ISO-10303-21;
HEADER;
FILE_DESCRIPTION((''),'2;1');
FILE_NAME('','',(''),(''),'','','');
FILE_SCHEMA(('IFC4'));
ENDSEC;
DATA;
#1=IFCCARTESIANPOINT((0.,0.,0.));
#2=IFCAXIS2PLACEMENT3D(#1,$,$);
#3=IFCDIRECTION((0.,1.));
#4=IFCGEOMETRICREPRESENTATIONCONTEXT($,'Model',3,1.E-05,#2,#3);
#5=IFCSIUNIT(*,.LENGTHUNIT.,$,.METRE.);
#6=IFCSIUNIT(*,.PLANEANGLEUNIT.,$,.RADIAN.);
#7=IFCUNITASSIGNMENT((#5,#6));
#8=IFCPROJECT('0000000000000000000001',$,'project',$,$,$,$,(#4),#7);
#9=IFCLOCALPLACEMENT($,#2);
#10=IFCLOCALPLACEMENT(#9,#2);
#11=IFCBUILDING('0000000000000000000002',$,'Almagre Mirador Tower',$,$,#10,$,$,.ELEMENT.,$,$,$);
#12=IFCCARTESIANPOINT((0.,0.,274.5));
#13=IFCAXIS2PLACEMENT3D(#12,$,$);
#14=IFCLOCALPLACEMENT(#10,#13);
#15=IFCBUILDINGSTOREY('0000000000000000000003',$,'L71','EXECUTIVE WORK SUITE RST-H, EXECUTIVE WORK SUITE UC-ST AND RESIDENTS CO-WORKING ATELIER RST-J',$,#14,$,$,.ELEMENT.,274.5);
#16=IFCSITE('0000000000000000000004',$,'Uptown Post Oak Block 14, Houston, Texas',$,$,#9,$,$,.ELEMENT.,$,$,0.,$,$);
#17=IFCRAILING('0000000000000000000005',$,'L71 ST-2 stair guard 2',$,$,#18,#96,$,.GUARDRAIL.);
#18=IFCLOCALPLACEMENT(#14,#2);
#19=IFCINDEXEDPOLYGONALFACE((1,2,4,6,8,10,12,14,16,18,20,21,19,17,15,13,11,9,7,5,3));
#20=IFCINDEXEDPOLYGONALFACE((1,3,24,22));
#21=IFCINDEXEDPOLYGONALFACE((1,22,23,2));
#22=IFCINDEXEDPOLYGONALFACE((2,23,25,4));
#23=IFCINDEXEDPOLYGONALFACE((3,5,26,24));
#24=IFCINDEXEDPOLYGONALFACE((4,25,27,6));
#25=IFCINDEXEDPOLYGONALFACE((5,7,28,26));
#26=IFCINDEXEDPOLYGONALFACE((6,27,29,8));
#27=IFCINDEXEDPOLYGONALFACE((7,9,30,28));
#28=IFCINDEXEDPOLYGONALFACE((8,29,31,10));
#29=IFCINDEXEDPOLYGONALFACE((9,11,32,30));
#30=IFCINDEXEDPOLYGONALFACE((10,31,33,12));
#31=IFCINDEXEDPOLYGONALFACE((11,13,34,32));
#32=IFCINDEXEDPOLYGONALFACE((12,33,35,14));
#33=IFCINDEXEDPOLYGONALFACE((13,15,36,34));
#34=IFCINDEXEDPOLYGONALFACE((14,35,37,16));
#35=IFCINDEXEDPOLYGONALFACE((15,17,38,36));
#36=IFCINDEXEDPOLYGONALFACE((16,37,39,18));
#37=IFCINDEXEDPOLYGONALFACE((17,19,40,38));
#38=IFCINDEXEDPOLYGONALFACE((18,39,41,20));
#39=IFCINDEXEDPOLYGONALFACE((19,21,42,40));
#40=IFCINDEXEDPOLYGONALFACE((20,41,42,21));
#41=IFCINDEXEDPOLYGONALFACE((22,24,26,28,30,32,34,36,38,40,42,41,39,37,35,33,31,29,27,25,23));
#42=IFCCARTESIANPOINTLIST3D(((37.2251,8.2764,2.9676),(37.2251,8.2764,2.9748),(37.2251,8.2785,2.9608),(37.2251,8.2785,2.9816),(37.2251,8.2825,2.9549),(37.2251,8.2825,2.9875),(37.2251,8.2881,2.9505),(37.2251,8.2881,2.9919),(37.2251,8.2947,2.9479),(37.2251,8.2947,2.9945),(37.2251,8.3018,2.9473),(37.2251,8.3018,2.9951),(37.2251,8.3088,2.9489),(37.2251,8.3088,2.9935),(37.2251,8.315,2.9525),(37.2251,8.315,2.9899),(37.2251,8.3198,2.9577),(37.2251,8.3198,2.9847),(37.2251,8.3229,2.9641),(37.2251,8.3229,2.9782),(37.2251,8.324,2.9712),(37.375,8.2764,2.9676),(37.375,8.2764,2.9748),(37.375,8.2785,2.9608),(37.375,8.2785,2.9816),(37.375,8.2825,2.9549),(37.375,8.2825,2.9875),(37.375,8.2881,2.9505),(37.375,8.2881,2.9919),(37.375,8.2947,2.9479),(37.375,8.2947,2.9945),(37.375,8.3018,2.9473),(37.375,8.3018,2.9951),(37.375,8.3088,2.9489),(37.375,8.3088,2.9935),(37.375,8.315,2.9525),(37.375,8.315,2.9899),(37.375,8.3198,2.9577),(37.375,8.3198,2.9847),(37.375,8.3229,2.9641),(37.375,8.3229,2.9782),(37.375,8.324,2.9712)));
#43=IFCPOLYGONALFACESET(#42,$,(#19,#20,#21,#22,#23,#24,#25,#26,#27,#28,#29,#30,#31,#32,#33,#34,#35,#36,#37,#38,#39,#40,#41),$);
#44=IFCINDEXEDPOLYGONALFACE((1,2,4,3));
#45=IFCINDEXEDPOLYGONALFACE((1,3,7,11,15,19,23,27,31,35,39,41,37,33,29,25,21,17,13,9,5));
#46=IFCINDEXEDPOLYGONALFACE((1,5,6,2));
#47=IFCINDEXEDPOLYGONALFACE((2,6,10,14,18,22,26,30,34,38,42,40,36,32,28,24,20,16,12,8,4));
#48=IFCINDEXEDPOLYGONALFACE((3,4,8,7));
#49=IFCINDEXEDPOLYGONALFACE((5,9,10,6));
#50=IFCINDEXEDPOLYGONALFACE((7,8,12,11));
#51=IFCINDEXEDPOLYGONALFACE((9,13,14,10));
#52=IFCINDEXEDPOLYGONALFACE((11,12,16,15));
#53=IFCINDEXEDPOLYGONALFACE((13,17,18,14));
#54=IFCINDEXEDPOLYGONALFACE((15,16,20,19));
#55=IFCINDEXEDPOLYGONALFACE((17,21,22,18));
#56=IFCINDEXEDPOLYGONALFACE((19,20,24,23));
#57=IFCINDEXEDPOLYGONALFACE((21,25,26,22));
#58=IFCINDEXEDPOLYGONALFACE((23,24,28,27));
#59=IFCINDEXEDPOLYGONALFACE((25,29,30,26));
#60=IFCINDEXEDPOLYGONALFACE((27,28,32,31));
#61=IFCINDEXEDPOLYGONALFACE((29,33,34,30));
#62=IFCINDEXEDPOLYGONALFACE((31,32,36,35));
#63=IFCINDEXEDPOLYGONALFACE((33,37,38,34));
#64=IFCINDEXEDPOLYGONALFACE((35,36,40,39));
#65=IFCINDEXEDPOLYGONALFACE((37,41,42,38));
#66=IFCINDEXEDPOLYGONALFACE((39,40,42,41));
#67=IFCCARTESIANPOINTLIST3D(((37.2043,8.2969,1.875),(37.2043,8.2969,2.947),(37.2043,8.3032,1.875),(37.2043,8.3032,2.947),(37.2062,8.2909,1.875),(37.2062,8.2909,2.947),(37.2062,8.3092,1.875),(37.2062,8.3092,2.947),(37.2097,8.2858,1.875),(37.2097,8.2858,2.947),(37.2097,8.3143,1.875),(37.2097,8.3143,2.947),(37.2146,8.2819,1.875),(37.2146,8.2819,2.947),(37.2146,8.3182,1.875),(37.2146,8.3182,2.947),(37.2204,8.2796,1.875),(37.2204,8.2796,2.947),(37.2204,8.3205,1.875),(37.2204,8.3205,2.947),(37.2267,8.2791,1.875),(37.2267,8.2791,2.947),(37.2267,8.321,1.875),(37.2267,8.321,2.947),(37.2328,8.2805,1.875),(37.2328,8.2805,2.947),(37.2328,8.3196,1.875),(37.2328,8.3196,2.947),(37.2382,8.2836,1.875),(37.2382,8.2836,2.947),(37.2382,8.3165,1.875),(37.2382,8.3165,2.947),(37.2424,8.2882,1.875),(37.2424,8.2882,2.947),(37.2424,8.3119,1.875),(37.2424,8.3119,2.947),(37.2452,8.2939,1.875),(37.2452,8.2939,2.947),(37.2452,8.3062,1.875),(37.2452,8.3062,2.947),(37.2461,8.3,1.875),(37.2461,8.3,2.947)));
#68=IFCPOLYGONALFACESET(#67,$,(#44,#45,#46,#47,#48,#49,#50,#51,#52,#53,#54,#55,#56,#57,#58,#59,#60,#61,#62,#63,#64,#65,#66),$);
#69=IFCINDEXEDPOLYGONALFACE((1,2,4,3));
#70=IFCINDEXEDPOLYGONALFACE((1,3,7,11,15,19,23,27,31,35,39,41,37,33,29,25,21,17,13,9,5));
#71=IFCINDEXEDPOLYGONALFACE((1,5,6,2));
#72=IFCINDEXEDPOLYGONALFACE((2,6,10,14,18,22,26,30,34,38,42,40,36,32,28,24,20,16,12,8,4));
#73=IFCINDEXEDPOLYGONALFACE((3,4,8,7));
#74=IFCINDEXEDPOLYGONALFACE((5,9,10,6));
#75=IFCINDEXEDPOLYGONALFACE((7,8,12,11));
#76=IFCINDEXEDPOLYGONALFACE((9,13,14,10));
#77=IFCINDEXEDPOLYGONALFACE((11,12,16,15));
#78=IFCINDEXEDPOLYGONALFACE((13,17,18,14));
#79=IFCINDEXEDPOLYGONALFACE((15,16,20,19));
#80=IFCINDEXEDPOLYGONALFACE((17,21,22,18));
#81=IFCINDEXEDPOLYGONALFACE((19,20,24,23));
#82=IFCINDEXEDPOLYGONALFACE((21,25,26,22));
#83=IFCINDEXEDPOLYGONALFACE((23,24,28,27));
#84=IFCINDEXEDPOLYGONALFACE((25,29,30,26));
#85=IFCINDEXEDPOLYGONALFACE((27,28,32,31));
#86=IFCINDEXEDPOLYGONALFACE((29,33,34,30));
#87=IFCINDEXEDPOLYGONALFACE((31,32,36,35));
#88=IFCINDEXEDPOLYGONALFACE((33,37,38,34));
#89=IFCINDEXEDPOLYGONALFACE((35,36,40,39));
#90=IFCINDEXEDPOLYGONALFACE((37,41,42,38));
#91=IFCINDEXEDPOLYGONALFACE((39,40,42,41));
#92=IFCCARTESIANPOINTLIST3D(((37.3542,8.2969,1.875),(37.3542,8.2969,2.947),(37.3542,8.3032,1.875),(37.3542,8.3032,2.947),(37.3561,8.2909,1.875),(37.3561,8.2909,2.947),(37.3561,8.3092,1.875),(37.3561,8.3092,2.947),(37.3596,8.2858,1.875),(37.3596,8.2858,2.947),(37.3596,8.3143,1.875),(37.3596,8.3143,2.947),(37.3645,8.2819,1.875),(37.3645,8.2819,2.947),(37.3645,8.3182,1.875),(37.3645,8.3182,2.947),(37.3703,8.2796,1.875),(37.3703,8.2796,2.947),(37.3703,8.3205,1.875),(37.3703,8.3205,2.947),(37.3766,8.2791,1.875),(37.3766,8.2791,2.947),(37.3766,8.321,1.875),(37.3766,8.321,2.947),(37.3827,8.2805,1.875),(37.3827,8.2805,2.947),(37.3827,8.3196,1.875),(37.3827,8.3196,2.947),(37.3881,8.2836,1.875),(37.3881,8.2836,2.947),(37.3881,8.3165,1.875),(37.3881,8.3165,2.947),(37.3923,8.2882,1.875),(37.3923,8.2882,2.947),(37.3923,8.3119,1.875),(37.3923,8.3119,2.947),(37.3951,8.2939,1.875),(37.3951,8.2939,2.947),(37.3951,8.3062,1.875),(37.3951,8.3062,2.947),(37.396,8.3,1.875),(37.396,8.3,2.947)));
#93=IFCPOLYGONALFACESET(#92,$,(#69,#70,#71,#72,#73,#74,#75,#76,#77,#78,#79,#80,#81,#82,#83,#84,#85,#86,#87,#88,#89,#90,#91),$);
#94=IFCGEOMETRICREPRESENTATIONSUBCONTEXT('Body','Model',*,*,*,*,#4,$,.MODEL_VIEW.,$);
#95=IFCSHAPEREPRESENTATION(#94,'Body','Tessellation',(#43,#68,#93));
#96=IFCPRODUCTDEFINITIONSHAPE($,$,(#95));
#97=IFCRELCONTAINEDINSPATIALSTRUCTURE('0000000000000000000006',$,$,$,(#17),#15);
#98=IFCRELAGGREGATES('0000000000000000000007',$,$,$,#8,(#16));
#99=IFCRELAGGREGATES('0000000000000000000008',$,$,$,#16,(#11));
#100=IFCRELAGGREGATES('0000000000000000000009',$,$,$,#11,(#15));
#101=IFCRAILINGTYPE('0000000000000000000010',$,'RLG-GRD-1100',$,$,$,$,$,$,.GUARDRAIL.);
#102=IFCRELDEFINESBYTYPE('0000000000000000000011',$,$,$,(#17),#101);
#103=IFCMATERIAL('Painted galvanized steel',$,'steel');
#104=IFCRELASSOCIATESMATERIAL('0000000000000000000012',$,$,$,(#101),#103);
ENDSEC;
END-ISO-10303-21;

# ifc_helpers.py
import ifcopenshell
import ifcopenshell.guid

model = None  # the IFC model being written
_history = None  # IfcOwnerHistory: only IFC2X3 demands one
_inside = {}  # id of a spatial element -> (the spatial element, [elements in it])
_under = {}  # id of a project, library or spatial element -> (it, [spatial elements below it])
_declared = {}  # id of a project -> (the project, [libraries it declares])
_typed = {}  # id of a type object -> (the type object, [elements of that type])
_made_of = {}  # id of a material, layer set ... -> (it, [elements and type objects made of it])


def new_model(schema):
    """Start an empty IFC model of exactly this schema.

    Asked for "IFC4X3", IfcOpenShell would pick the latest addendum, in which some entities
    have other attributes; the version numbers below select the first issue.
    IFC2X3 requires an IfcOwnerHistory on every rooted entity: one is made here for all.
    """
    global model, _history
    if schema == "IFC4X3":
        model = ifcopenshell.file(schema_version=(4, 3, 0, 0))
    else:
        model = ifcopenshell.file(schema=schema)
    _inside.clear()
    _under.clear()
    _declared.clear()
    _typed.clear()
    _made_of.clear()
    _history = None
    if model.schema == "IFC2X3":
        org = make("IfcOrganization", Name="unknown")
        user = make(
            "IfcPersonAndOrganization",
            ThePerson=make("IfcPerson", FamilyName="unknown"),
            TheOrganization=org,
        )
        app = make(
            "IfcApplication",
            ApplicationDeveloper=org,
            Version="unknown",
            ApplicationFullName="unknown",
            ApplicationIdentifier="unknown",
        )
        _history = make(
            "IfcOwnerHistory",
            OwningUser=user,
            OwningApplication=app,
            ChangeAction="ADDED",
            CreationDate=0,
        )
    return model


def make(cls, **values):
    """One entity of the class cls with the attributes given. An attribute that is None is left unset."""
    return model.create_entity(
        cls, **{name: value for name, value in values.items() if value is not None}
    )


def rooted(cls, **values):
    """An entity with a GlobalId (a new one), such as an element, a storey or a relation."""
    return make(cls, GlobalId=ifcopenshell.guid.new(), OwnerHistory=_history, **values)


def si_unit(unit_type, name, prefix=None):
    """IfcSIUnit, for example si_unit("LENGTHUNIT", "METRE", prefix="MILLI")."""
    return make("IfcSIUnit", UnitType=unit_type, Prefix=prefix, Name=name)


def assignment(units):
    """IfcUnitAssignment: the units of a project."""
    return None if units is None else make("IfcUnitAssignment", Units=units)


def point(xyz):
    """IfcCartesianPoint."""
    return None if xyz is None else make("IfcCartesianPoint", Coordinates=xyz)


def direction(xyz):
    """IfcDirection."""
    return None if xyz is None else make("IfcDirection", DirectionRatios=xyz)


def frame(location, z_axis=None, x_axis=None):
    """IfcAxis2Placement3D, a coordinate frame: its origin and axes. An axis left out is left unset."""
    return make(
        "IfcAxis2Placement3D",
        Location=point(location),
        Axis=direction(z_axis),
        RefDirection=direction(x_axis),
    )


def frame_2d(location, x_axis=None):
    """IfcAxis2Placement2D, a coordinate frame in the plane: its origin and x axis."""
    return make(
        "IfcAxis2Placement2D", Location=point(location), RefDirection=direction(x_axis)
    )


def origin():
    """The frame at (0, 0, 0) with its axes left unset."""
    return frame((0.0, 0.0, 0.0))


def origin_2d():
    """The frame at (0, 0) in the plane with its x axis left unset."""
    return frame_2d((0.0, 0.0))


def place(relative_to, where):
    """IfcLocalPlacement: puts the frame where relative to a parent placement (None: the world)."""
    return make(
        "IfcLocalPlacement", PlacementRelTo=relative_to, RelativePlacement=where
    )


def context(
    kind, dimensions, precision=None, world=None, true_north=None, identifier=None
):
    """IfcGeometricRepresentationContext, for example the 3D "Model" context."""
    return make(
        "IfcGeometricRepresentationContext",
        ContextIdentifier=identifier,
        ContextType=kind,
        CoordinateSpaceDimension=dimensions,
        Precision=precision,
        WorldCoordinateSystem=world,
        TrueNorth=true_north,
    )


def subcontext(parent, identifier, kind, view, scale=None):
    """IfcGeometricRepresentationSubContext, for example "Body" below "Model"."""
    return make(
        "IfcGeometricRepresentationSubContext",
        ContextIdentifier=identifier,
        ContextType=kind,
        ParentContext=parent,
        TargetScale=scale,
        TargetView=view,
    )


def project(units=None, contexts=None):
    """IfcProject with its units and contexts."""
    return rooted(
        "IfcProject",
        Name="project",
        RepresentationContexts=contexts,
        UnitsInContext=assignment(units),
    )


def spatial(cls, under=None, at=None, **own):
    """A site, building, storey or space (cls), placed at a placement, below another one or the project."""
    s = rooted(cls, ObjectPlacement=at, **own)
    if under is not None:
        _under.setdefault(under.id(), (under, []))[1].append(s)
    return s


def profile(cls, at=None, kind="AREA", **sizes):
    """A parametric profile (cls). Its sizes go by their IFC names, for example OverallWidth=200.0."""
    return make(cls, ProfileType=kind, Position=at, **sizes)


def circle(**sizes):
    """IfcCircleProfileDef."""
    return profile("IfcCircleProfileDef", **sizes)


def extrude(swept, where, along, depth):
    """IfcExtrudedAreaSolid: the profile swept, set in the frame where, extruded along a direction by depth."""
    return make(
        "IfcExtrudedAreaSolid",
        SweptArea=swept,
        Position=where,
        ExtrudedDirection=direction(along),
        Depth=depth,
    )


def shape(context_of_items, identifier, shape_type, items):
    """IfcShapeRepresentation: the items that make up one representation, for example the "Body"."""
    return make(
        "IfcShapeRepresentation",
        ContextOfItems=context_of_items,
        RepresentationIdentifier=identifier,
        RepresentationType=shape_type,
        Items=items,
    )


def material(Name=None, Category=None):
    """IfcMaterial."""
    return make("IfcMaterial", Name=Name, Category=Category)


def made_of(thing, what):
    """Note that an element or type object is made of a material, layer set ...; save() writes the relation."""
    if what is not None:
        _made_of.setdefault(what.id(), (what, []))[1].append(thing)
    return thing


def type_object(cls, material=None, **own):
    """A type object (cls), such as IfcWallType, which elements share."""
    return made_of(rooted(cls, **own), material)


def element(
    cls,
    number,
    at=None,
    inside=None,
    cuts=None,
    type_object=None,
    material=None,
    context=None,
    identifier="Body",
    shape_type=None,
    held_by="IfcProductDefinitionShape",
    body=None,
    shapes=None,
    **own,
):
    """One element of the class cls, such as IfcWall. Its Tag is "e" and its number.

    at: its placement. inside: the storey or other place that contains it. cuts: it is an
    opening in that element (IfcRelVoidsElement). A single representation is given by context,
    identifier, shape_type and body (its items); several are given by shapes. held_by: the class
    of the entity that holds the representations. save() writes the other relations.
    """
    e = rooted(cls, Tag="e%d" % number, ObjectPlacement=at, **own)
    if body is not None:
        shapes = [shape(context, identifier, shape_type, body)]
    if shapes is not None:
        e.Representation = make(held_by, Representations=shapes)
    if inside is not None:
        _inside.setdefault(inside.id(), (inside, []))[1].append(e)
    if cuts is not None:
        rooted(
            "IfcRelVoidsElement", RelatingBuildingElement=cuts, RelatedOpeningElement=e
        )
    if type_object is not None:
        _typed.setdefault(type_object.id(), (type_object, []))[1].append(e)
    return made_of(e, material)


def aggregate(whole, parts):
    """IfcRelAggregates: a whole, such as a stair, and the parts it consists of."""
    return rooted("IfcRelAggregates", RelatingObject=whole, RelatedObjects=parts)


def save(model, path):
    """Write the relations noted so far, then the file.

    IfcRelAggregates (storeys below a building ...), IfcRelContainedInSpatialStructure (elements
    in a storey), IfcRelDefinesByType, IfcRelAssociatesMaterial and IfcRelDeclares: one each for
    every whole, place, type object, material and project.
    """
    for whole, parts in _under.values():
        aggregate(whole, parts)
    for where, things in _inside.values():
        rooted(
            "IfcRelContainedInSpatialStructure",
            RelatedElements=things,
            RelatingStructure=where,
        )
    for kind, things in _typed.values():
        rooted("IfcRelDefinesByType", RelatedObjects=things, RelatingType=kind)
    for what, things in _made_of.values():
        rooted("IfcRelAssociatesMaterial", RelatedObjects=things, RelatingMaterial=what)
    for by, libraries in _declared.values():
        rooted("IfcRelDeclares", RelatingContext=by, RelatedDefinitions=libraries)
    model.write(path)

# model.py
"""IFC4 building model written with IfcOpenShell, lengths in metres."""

from ifc_helpers import new_model, si_unit, direction, frame, origin, origin_2d, place, context, subcontext, project, spatial, circle, extrude, material, type_object, element, save


model = new_model("IFC4")

# Units and contexts
model_context = context("Model", 3, precision=1e-05, world=origin(), true_north=direction((0.0, 1.0)))
body_context = subcontext(model_context, "Body", "Model", "MODEL_VIEW")
ifc_project = project(units=[si_unit("LENGTHUNIT", "METRE"), si_unit("PLANEANGLEUNIT", "RADIAN")], contexts=[model_context])

# Site, building, storey
site_placement = place(None, origin())
site = spatial("IfcSite", under=ifc_project, at=site_placement, Name="Uptown Post Oak Block 14, Houston, Texas", CompositionType="ELEMENT", RefElevation=0.0)
building_placement = place(site_placement, origin())
building = spatial("IfcBuilding", under=site, at=building_placement, Name="Almagre Mirador Tower", CompositionType="ELEMENT")
storey_placement = place(building_placement, frame((0.0, 0.0, 274.5)))
storey = spatial("IfcBuildingStorey", under=building, at=storey_placement, Name="L71", Description="EXECUTIVE WORK SUITE RST-H, EXECUTIVE WORK SUITE UC-ST AND RESIDENTS CO-WORKING ATELIER RST-J", CompositionType="ELEMENT", Elevation=274.5)

# Railing
ifc_material_1 = material(Name="Painted galvanized steel", Category="steel")
railing_type_1 = type_object("IfcRailingType", Name="RLG-GRD-1100", PredefinedType="GUARDRAIL", material=ifc_material_1)
railing_1_placement = place(storey_placement, frame((37.2251, 8.3, 1.875)))
element("IfcRailing", 1, at=railing_1_placement, inside=storey, type_object=railing_type_1, Name="L71 ST-2 stair guard 2", PredefinedType="GUARDRAIL", context=body_context, shape_type="SweptSolid", body=[
    extrude(circle(Radius=0.0239, at=origin_2d()), frame((0.0, 0.0, 1.0962), z_axis=(1.0, 0.0, 0.0), x_axis=(0.0, 1.0, 0.0)), (0.0, 0.0, 1.0), 0.1499),
    extrude(circle(Radius=0.021, at=origin_2d()), origin(), (0.0, 0.0, 1.0), 1.072),
    extrude(circle(Radius=0.021, at=origin_2d()), frame((0.1499, 0.0, 0.0)), (0.0, 0.0, 1.0), 1.072),
])

save(model, "model.ifc")
